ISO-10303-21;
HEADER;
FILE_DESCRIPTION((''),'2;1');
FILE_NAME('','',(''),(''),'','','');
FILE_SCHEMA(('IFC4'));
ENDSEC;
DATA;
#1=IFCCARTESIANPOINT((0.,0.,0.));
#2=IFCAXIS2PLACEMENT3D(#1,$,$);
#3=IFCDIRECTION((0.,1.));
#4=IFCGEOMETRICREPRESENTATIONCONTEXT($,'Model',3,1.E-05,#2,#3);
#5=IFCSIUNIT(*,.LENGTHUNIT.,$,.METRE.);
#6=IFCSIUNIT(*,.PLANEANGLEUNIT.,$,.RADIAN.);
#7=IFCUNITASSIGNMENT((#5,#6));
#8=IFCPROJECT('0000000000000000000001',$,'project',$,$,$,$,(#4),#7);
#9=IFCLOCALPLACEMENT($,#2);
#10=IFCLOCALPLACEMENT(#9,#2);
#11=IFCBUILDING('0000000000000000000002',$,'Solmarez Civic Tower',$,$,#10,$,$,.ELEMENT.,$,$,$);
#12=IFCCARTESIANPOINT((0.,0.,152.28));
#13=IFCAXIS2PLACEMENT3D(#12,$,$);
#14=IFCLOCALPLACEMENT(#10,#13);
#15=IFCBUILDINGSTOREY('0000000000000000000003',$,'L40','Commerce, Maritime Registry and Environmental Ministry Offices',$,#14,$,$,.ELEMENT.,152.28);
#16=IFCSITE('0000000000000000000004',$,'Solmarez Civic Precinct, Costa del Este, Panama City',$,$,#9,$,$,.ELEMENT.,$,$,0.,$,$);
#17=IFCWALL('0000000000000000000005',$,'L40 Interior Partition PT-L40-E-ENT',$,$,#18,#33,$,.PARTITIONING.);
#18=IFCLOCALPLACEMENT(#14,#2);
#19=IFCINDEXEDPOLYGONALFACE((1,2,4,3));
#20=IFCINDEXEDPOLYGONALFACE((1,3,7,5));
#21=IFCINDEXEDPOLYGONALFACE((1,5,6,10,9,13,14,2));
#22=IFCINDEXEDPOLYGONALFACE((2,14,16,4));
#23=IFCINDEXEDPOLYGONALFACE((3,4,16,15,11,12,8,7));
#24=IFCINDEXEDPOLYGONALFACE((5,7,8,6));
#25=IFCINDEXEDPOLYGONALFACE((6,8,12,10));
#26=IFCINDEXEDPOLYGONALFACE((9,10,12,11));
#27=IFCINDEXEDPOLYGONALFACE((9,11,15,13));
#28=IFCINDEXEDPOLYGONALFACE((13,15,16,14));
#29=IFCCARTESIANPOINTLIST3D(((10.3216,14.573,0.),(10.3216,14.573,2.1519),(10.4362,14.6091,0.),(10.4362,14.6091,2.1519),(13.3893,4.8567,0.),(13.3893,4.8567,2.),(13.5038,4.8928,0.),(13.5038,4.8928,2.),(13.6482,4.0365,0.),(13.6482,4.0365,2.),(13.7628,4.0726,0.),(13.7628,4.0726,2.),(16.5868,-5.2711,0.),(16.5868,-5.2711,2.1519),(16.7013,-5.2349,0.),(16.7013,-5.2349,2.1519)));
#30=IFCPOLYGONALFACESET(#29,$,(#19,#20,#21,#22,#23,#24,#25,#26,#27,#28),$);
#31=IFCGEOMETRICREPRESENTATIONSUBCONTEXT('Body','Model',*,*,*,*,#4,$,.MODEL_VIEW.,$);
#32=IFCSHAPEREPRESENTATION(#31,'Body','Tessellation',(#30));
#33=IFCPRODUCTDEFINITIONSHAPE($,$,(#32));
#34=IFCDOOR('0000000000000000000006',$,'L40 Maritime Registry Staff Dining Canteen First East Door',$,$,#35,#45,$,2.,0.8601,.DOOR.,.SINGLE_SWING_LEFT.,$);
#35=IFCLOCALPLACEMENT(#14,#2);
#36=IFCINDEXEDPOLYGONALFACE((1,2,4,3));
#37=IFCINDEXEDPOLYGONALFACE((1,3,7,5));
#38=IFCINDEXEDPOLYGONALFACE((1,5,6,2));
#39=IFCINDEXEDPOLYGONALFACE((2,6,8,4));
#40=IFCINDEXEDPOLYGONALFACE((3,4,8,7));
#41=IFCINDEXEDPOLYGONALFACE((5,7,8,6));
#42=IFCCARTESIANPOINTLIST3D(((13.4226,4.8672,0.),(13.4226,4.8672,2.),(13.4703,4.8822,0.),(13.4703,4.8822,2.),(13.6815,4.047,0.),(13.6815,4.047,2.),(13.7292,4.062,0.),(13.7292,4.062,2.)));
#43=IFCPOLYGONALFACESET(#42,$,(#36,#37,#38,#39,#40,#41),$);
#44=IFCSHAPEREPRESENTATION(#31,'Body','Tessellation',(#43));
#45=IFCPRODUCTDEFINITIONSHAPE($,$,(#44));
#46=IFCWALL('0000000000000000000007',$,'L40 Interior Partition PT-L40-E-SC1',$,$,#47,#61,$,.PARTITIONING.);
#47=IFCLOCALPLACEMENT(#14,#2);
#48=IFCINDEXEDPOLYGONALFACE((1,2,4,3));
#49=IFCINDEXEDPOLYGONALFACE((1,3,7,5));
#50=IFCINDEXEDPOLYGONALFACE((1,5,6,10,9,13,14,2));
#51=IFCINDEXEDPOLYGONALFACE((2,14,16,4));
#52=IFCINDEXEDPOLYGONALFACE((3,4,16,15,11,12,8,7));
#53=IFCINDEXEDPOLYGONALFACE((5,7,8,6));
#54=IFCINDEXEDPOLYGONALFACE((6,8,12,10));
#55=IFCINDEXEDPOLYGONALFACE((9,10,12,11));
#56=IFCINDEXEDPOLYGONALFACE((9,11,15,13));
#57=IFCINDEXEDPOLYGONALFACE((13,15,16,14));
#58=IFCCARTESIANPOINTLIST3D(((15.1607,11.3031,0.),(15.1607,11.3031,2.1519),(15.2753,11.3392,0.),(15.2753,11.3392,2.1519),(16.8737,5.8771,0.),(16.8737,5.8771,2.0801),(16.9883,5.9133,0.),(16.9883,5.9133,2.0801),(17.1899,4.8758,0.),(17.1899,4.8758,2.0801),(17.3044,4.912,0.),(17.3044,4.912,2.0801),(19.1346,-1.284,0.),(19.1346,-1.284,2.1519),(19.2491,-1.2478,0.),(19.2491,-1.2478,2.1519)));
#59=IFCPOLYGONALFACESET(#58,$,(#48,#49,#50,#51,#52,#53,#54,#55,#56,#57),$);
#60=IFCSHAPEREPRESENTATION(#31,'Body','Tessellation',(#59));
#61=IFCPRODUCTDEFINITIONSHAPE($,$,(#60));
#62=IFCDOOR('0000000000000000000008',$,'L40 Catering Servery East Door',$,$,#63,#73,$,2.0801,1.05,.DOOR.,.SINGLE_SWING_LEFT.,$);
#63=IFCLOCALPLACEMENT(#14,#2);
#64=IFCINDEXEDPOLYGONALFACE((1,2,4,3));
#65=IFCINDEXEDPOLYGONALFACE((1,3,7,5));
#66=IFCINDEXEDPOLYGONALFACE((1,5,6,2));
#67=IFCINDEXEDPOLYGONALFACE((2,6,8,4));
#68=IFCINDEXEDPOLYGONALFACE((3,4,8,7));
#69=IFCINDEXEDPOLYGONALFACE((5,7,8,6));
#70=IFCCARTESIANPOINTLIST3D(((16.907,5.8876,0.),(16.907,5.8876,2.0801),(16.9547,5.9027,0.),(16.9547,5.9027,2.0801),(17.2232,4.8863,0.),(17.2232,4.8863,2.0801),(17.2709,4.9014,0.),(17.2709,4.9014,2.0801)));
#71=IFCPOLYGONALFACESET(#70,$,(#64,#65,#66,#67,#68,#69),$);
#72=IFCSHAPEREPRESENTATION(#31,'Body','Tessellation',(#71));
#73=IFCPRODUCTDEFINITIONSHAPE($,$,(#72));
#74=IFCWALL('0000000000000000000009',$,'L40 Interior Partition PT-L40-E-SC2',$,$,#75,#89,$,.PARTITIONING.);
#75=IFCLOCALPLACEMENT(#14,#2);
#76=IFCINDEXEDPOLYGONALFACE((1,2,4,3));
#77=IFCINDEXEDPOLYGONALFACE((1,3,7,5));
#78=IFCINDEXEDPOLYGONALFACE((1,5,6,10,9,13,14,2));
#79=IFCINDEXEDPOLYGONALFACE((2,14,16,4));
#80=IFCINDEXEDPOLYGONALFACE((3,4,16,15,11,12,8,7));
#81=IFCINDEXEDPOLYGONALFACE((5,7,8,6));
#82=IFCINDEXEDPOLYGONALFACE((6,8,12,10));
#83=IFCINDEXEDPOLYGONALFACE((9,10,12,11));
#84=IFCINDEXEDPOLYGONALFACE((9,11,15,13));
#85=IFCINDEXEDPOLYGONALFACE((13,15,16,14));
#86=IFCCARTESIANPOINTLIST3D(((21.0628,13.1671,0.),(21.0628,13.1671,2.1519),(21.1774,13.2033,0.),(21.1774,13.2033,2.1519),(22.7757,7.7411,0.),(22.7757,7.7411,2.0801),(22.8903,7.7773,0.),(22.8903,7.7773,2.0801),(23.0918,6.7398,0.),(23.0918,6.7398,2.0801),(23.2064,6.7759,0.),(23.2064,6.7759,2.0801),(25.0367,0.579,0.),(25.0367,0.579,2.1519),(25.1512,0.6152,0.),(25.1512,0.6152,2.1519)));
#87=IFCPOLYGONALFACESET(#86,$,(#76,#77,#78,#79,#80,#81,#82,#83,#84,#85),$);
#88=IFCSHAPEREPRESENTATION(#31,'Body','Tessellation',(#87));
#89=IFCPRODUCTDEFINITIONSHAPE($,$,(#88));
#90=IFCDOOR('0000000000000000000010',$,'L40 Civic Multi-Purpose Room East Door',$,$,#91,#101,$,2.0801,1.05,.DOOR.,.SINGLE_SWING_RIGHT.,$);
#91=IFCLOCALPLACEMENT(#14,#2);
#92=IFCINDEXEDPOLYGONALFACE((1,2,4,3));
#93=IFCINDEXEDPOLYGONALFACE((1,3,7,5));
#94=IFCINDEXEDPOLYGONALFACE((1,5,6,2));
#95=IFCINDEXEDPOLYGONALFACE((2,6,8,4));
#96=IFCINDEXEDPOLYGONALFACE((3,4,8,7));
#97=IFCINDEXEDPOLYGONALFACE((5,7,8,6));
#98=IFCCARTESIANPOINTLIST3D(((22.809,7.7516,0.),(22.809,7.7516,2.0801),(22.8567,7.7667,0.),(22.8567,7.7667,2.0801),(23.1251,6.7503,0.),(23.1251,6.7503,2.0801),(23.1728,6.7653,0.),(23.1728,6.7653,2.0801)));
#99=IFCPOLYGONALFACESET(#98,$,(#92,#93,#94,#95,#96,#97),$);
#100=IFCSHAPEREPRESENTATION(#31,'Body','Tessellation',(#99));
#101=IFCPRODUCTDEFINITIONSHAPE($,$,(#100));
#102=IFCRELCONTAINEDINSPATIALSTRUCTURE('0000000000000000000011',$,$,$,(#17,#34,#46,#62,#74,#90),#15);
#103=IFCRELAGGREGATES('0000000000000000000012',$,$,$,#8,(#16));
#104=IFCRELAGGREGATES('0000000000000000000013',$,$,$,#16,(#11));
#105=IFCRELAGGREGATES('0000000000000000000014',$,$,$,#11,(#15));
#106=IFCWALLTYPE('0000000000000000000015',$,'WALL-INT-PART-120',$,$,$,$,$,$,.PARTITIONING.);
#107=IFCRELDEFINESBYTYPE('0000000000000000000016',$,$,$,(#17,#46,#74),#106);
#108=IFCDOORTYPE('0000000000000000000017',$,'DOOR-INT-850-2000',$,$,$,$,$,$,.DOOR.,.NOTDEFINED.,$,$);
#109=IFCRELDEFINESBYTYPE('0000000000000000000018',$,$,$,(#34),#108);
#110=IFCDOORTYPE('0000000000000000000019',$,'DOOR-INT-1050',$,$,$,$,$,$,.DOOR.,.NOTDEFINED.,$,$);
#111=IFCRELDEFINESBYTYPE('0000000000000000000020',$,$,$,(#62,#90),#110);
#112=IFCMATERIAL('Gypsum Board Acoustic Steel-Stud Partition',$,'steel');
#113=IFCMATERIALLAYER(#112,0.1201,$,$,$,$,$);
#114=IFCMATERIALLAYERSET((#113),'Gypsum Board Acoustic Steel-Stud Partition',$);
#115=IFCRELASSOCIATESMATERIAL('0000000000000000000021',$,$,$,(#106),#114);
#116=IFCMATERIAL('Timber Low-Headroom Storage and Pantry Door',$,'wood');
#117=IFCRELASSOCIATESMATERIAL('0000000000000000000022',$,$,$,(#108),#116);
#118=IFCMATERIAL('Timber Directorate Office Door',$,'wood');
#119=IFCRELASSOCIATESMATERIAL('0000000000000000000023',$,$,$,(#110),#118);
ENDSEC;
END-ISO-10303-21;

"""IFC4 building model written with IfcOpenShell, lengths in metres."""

from ifc_helpers import new_model, si_unit, direction, frame, frame_2d, origin, place, context, subcontext, project, spatial, rectangle, extrude, material, layer, layer_set, type_object, element, fill, save


model = new_model("IFC4")

# Units and contexts
model_context = context("Model", 3, precision=1e-05, world=origin(), true_north=direction((0.0, 1.0)))
body_context = subcontext(model_context, "Body", "Model", "MODEL_VIEW")
ifc_project = project(units=[si_unit("LENGTHUNIT", "METRE"), si_unit("PLANEANGLEUNIT", "RADIAN")], contexts=[model_context])

# Site, building, storey
site_placement = place(None, origin())
site = spatial("IfcSite", under=ifc_project, at=site_placement, Name="Solmarez Civic Precinct, Costa del Este, Panama City", CompositionType="ELEMENT", RefElevation=0.0)
building_placement = place(site_placement, origin())
building = spatial("IfcBuilding", under=site, at=building_placement, Name="Solmarez Civic Tower", CompositionType="ELEMENT")
storey_placement = place(building_placement, frame((0.0, 0.0, 152.28)))
storey = spatial("IfcBuildingStorey", under=building, at=storey_placement, Name="L40", Description="Commerce, Maritime Registry and Environmental Ministry Offices", CompositionType="ELEMENT", Elevation=152.28)

# Shared definitions
ifc_material_1 = material(Name="Gypsum Board Acoustic Steel-Stud Partition", Category="steel")

# Walls, openings, doors
ifc_layer_1 = layer(ifc_material_1, 0.1201)
ifc_layer_set_1 = layer_set([ifc_layer_1], Name="Gypsum Board Acoustic Steel-Stud Partition")
wall_type_1 = type_object("IfcWallType", Name="WALL-INT-PART-120", PredefinedType="PARTITIONING", material=ifc_layer_set_1)
wall_1_placement = place(storey_placement, frame((10.3789, 14.5911, 0.0), z_axis=(0.0, 0.0, 1.0), x_axis=(0.301071, -0.953602, 0.0)))
wall_1 = element("IfcWall", 1, at=wall_1_placement, inside=storey, type_object=wall_type_1, Name="L40 Interior Partition PT-L40-E-ENT", PredefinedType="PARTITIONING", context=body_context, shape_type="SweptSolid", body=[
    extrude(rectangle(XDim=20.8096, YDim=0.1201, at=frame_2d((10.4048, 0.0))), origin(), (0.0, 0.0, 1.0), 2.1519),
])
opening_1_placement = place(wall_1_placement, frame((10.189, 0.0, 0.0)))
opening_1 = element("IfcOpeningElement", 2, at=opening_1_placement, cuts=wall_1, PredefinedType="OPENING", context=body_context, shape_type="SweptSolid", body=[
    extrude(rectangle(XDim=0.8601, YDim=2.0, at=frame_2d((0.4302, 1.0))), frame((0.0, 0.0701, 0.0), z_axis=(0.0, -1.0, 0.0), x_axis=(1.0, 0.0, 0.0)), (0.0, 0.0, 1.0), 0.1401),
])
ifc_material_2 = material(Name="Timber Low-Headroom Storage and Pantry Door", Category="wood")
door_type_1 = type_object("IfcDoorType", Name="DOOR-INT-850-2000", OperationType="NOTDEFINED", PredefinedType="DOOR", material=ifc_material_2)
door_1_placement = place(opening_1_placement, origin())
door_1 = element("IfcDoor", 3, at=door_1_placement, inside=storey, type_object=door_type_1, Name="L40 Maritime Registry Staff Dining Canteen First East Door", OperationType="SINGLE_SWING_LEFT", OverallHeight=2.0, OverallWidth=0.8601, PredefinedType="DOOR", context=body_context, shape_type="SweptSolid", body=[
    extrude(rectangle(XDim=0.8601, YDim=2.0, at=frame_2d((0.4302, 1.0))), frame((0.0, 0.0249, 0.0), z_axis=(0.0, -1.0, 0.0), x_axis=(1.0, 0.0, 0.0)), (0.0, 0.0, 1.0), 0.05),
])
fill(opening_1, door_1)
wall_2_placement = place(storey_placement, frame((15.218, 11.321, 0.0), z_axis=(0.0, 0.0, 1.0), x_axis=(0.301061, -0.953605, 0.0)))
wall_2 = element("IfcWall", 4, at=wall_2_placement, inside=storey, type_object=wall_type_1, Name="L40 Interior Partition PT-L40-E-SC1", PredefinedType="PARTITIONING", context=body_context, shape_type="SweptSolid", body=[
    extrude(rectangle(XDim=13.1995, YDim=0.1201, at=frame_2d((6.5996, 0.0))), origin(), (0.0, 0.0, 1.0), 2.1519),
])
opening_2_placement = place(wall_2_placement, frame((5.6899, 0.0, 0.0)))
opening_2 = element("IfcOpeningElement", 5, at=opening_2_placement, cuts=wall_2, PredefinedType="OPENING", context=body_context, shape_type="SweptSolid", body=[
    extrude(rectangle(XDim=1.05, YDim=2.0801, at=frame_2d((0.5249, 1.04))), frame((0.0, 0.0701, 0.0), z_axis=(0.0, -1.0, 0.0), x_axis=(1.0, 0.0, 0.0)), (0.0, 0.0, 1.0), 0.1401),
])
ifc_material_3 = material(Name="Timber Directorate Office Door", Category="wood")
door_type_2 = type_object("IfcDoorType", Name="DOOR-INT-1050", OperationType="NOTDEFINED", PredefinedType="DOOR", material=ifc_material_3)
door_2_placement = place(opening_2_placement, origin())
door_2 = element("IfcDoor", 6, at=door_2_placement, inside=storey, type_object=door_type_2, Name="L40 Catering Servery East Door", OperationType="SINGLE_SWING_LEFT", OverallHeight=2.0801, OverallWidth=1.05, PredefinedType="DOOR", context=body_context, shape_type="SweptSolid", body=[
    extrude(rectangle(XDim=1.05, YDim=2.0801, at=frame_2d((0.5249, 1.04))), frame((0.0, 0.0249, 0.0), z_axis=(0.0, -1.0, 0.0), x_axis=(1.0, 0.0, 0.0)), (0.0, 0.0, 1.0), 0.05),
])
fill(opening_2, door_2)
wall_3_placement = place(storey_placement, frame((21.1201, 13.1851, 0.0), z_axis=(0.0, 0.0, 1.0), x_axis=(0.30104, -0.953611, 0.0)))
wall_3 = element("IfcWall", 7, at=wall_3_placement, inside=storey, type_object=wall_type_1, Name="L40 Interior Partition PT-L40-E-SC2", PredefinedType="PARTITIONING", context=body_context, shape_type="SweptSolid", body=[
    extrude(rectangle(XDim=13.2004, YDim=0.1201, at=frame_2d((6.6001, 0.0))), origin(), (0.0, 0.0, 1.0), 2.1519),
])
opening_3_placement = place(wall_3_placement, frame((5.6899, 0.0, 0.0)))
opening_3 = element("IfcOpeningElement", 8, at=opening_3_placement, cuts=wall_3, PredefinedType="OPENING", context=body_context, shape_type="SweptSolid", body=[
    extrude(rectangle(XDim=1.05, YDim=2.0801, at=frame_2d((0.5249, 1.04))), frame((0.0, 0.0701, 0.0), z_axis=(0.0, -1.0, 0.0), x_axis=(1.0, 0.0, 0.0)), (0.0, 0.0, 1.0), 0.1401),
])
door_3_placement = place(opening_3_placement, origin())
door_3 = element("IfcDoor", 9, at=door_3_placement, inside=storey, type_object=door_type_2, Name="L40 Civic Multi-Purpose Room East Door", OperationType="SINGLE_SWING_RIGHT", OverallHeight=2.0801, OverallWidth=1.05, PredefinedType="DOOR", context=body_context, shape_type="SweptSolid", body=[
    extrude(rectangle(XDim=1.05, YDim=2.0801, at=frame_2d((0.5249, 1.04))), frame((0.0, 0.0249, 0.0), z_axis=(0.0, -1.0, 0.0), x_axis=(1.0, 0.0, 0.0)), (0.0, 0.0, 1.0), 0.05),
])
fill(opening_3, door_3)

save(model, "model.ifc")
